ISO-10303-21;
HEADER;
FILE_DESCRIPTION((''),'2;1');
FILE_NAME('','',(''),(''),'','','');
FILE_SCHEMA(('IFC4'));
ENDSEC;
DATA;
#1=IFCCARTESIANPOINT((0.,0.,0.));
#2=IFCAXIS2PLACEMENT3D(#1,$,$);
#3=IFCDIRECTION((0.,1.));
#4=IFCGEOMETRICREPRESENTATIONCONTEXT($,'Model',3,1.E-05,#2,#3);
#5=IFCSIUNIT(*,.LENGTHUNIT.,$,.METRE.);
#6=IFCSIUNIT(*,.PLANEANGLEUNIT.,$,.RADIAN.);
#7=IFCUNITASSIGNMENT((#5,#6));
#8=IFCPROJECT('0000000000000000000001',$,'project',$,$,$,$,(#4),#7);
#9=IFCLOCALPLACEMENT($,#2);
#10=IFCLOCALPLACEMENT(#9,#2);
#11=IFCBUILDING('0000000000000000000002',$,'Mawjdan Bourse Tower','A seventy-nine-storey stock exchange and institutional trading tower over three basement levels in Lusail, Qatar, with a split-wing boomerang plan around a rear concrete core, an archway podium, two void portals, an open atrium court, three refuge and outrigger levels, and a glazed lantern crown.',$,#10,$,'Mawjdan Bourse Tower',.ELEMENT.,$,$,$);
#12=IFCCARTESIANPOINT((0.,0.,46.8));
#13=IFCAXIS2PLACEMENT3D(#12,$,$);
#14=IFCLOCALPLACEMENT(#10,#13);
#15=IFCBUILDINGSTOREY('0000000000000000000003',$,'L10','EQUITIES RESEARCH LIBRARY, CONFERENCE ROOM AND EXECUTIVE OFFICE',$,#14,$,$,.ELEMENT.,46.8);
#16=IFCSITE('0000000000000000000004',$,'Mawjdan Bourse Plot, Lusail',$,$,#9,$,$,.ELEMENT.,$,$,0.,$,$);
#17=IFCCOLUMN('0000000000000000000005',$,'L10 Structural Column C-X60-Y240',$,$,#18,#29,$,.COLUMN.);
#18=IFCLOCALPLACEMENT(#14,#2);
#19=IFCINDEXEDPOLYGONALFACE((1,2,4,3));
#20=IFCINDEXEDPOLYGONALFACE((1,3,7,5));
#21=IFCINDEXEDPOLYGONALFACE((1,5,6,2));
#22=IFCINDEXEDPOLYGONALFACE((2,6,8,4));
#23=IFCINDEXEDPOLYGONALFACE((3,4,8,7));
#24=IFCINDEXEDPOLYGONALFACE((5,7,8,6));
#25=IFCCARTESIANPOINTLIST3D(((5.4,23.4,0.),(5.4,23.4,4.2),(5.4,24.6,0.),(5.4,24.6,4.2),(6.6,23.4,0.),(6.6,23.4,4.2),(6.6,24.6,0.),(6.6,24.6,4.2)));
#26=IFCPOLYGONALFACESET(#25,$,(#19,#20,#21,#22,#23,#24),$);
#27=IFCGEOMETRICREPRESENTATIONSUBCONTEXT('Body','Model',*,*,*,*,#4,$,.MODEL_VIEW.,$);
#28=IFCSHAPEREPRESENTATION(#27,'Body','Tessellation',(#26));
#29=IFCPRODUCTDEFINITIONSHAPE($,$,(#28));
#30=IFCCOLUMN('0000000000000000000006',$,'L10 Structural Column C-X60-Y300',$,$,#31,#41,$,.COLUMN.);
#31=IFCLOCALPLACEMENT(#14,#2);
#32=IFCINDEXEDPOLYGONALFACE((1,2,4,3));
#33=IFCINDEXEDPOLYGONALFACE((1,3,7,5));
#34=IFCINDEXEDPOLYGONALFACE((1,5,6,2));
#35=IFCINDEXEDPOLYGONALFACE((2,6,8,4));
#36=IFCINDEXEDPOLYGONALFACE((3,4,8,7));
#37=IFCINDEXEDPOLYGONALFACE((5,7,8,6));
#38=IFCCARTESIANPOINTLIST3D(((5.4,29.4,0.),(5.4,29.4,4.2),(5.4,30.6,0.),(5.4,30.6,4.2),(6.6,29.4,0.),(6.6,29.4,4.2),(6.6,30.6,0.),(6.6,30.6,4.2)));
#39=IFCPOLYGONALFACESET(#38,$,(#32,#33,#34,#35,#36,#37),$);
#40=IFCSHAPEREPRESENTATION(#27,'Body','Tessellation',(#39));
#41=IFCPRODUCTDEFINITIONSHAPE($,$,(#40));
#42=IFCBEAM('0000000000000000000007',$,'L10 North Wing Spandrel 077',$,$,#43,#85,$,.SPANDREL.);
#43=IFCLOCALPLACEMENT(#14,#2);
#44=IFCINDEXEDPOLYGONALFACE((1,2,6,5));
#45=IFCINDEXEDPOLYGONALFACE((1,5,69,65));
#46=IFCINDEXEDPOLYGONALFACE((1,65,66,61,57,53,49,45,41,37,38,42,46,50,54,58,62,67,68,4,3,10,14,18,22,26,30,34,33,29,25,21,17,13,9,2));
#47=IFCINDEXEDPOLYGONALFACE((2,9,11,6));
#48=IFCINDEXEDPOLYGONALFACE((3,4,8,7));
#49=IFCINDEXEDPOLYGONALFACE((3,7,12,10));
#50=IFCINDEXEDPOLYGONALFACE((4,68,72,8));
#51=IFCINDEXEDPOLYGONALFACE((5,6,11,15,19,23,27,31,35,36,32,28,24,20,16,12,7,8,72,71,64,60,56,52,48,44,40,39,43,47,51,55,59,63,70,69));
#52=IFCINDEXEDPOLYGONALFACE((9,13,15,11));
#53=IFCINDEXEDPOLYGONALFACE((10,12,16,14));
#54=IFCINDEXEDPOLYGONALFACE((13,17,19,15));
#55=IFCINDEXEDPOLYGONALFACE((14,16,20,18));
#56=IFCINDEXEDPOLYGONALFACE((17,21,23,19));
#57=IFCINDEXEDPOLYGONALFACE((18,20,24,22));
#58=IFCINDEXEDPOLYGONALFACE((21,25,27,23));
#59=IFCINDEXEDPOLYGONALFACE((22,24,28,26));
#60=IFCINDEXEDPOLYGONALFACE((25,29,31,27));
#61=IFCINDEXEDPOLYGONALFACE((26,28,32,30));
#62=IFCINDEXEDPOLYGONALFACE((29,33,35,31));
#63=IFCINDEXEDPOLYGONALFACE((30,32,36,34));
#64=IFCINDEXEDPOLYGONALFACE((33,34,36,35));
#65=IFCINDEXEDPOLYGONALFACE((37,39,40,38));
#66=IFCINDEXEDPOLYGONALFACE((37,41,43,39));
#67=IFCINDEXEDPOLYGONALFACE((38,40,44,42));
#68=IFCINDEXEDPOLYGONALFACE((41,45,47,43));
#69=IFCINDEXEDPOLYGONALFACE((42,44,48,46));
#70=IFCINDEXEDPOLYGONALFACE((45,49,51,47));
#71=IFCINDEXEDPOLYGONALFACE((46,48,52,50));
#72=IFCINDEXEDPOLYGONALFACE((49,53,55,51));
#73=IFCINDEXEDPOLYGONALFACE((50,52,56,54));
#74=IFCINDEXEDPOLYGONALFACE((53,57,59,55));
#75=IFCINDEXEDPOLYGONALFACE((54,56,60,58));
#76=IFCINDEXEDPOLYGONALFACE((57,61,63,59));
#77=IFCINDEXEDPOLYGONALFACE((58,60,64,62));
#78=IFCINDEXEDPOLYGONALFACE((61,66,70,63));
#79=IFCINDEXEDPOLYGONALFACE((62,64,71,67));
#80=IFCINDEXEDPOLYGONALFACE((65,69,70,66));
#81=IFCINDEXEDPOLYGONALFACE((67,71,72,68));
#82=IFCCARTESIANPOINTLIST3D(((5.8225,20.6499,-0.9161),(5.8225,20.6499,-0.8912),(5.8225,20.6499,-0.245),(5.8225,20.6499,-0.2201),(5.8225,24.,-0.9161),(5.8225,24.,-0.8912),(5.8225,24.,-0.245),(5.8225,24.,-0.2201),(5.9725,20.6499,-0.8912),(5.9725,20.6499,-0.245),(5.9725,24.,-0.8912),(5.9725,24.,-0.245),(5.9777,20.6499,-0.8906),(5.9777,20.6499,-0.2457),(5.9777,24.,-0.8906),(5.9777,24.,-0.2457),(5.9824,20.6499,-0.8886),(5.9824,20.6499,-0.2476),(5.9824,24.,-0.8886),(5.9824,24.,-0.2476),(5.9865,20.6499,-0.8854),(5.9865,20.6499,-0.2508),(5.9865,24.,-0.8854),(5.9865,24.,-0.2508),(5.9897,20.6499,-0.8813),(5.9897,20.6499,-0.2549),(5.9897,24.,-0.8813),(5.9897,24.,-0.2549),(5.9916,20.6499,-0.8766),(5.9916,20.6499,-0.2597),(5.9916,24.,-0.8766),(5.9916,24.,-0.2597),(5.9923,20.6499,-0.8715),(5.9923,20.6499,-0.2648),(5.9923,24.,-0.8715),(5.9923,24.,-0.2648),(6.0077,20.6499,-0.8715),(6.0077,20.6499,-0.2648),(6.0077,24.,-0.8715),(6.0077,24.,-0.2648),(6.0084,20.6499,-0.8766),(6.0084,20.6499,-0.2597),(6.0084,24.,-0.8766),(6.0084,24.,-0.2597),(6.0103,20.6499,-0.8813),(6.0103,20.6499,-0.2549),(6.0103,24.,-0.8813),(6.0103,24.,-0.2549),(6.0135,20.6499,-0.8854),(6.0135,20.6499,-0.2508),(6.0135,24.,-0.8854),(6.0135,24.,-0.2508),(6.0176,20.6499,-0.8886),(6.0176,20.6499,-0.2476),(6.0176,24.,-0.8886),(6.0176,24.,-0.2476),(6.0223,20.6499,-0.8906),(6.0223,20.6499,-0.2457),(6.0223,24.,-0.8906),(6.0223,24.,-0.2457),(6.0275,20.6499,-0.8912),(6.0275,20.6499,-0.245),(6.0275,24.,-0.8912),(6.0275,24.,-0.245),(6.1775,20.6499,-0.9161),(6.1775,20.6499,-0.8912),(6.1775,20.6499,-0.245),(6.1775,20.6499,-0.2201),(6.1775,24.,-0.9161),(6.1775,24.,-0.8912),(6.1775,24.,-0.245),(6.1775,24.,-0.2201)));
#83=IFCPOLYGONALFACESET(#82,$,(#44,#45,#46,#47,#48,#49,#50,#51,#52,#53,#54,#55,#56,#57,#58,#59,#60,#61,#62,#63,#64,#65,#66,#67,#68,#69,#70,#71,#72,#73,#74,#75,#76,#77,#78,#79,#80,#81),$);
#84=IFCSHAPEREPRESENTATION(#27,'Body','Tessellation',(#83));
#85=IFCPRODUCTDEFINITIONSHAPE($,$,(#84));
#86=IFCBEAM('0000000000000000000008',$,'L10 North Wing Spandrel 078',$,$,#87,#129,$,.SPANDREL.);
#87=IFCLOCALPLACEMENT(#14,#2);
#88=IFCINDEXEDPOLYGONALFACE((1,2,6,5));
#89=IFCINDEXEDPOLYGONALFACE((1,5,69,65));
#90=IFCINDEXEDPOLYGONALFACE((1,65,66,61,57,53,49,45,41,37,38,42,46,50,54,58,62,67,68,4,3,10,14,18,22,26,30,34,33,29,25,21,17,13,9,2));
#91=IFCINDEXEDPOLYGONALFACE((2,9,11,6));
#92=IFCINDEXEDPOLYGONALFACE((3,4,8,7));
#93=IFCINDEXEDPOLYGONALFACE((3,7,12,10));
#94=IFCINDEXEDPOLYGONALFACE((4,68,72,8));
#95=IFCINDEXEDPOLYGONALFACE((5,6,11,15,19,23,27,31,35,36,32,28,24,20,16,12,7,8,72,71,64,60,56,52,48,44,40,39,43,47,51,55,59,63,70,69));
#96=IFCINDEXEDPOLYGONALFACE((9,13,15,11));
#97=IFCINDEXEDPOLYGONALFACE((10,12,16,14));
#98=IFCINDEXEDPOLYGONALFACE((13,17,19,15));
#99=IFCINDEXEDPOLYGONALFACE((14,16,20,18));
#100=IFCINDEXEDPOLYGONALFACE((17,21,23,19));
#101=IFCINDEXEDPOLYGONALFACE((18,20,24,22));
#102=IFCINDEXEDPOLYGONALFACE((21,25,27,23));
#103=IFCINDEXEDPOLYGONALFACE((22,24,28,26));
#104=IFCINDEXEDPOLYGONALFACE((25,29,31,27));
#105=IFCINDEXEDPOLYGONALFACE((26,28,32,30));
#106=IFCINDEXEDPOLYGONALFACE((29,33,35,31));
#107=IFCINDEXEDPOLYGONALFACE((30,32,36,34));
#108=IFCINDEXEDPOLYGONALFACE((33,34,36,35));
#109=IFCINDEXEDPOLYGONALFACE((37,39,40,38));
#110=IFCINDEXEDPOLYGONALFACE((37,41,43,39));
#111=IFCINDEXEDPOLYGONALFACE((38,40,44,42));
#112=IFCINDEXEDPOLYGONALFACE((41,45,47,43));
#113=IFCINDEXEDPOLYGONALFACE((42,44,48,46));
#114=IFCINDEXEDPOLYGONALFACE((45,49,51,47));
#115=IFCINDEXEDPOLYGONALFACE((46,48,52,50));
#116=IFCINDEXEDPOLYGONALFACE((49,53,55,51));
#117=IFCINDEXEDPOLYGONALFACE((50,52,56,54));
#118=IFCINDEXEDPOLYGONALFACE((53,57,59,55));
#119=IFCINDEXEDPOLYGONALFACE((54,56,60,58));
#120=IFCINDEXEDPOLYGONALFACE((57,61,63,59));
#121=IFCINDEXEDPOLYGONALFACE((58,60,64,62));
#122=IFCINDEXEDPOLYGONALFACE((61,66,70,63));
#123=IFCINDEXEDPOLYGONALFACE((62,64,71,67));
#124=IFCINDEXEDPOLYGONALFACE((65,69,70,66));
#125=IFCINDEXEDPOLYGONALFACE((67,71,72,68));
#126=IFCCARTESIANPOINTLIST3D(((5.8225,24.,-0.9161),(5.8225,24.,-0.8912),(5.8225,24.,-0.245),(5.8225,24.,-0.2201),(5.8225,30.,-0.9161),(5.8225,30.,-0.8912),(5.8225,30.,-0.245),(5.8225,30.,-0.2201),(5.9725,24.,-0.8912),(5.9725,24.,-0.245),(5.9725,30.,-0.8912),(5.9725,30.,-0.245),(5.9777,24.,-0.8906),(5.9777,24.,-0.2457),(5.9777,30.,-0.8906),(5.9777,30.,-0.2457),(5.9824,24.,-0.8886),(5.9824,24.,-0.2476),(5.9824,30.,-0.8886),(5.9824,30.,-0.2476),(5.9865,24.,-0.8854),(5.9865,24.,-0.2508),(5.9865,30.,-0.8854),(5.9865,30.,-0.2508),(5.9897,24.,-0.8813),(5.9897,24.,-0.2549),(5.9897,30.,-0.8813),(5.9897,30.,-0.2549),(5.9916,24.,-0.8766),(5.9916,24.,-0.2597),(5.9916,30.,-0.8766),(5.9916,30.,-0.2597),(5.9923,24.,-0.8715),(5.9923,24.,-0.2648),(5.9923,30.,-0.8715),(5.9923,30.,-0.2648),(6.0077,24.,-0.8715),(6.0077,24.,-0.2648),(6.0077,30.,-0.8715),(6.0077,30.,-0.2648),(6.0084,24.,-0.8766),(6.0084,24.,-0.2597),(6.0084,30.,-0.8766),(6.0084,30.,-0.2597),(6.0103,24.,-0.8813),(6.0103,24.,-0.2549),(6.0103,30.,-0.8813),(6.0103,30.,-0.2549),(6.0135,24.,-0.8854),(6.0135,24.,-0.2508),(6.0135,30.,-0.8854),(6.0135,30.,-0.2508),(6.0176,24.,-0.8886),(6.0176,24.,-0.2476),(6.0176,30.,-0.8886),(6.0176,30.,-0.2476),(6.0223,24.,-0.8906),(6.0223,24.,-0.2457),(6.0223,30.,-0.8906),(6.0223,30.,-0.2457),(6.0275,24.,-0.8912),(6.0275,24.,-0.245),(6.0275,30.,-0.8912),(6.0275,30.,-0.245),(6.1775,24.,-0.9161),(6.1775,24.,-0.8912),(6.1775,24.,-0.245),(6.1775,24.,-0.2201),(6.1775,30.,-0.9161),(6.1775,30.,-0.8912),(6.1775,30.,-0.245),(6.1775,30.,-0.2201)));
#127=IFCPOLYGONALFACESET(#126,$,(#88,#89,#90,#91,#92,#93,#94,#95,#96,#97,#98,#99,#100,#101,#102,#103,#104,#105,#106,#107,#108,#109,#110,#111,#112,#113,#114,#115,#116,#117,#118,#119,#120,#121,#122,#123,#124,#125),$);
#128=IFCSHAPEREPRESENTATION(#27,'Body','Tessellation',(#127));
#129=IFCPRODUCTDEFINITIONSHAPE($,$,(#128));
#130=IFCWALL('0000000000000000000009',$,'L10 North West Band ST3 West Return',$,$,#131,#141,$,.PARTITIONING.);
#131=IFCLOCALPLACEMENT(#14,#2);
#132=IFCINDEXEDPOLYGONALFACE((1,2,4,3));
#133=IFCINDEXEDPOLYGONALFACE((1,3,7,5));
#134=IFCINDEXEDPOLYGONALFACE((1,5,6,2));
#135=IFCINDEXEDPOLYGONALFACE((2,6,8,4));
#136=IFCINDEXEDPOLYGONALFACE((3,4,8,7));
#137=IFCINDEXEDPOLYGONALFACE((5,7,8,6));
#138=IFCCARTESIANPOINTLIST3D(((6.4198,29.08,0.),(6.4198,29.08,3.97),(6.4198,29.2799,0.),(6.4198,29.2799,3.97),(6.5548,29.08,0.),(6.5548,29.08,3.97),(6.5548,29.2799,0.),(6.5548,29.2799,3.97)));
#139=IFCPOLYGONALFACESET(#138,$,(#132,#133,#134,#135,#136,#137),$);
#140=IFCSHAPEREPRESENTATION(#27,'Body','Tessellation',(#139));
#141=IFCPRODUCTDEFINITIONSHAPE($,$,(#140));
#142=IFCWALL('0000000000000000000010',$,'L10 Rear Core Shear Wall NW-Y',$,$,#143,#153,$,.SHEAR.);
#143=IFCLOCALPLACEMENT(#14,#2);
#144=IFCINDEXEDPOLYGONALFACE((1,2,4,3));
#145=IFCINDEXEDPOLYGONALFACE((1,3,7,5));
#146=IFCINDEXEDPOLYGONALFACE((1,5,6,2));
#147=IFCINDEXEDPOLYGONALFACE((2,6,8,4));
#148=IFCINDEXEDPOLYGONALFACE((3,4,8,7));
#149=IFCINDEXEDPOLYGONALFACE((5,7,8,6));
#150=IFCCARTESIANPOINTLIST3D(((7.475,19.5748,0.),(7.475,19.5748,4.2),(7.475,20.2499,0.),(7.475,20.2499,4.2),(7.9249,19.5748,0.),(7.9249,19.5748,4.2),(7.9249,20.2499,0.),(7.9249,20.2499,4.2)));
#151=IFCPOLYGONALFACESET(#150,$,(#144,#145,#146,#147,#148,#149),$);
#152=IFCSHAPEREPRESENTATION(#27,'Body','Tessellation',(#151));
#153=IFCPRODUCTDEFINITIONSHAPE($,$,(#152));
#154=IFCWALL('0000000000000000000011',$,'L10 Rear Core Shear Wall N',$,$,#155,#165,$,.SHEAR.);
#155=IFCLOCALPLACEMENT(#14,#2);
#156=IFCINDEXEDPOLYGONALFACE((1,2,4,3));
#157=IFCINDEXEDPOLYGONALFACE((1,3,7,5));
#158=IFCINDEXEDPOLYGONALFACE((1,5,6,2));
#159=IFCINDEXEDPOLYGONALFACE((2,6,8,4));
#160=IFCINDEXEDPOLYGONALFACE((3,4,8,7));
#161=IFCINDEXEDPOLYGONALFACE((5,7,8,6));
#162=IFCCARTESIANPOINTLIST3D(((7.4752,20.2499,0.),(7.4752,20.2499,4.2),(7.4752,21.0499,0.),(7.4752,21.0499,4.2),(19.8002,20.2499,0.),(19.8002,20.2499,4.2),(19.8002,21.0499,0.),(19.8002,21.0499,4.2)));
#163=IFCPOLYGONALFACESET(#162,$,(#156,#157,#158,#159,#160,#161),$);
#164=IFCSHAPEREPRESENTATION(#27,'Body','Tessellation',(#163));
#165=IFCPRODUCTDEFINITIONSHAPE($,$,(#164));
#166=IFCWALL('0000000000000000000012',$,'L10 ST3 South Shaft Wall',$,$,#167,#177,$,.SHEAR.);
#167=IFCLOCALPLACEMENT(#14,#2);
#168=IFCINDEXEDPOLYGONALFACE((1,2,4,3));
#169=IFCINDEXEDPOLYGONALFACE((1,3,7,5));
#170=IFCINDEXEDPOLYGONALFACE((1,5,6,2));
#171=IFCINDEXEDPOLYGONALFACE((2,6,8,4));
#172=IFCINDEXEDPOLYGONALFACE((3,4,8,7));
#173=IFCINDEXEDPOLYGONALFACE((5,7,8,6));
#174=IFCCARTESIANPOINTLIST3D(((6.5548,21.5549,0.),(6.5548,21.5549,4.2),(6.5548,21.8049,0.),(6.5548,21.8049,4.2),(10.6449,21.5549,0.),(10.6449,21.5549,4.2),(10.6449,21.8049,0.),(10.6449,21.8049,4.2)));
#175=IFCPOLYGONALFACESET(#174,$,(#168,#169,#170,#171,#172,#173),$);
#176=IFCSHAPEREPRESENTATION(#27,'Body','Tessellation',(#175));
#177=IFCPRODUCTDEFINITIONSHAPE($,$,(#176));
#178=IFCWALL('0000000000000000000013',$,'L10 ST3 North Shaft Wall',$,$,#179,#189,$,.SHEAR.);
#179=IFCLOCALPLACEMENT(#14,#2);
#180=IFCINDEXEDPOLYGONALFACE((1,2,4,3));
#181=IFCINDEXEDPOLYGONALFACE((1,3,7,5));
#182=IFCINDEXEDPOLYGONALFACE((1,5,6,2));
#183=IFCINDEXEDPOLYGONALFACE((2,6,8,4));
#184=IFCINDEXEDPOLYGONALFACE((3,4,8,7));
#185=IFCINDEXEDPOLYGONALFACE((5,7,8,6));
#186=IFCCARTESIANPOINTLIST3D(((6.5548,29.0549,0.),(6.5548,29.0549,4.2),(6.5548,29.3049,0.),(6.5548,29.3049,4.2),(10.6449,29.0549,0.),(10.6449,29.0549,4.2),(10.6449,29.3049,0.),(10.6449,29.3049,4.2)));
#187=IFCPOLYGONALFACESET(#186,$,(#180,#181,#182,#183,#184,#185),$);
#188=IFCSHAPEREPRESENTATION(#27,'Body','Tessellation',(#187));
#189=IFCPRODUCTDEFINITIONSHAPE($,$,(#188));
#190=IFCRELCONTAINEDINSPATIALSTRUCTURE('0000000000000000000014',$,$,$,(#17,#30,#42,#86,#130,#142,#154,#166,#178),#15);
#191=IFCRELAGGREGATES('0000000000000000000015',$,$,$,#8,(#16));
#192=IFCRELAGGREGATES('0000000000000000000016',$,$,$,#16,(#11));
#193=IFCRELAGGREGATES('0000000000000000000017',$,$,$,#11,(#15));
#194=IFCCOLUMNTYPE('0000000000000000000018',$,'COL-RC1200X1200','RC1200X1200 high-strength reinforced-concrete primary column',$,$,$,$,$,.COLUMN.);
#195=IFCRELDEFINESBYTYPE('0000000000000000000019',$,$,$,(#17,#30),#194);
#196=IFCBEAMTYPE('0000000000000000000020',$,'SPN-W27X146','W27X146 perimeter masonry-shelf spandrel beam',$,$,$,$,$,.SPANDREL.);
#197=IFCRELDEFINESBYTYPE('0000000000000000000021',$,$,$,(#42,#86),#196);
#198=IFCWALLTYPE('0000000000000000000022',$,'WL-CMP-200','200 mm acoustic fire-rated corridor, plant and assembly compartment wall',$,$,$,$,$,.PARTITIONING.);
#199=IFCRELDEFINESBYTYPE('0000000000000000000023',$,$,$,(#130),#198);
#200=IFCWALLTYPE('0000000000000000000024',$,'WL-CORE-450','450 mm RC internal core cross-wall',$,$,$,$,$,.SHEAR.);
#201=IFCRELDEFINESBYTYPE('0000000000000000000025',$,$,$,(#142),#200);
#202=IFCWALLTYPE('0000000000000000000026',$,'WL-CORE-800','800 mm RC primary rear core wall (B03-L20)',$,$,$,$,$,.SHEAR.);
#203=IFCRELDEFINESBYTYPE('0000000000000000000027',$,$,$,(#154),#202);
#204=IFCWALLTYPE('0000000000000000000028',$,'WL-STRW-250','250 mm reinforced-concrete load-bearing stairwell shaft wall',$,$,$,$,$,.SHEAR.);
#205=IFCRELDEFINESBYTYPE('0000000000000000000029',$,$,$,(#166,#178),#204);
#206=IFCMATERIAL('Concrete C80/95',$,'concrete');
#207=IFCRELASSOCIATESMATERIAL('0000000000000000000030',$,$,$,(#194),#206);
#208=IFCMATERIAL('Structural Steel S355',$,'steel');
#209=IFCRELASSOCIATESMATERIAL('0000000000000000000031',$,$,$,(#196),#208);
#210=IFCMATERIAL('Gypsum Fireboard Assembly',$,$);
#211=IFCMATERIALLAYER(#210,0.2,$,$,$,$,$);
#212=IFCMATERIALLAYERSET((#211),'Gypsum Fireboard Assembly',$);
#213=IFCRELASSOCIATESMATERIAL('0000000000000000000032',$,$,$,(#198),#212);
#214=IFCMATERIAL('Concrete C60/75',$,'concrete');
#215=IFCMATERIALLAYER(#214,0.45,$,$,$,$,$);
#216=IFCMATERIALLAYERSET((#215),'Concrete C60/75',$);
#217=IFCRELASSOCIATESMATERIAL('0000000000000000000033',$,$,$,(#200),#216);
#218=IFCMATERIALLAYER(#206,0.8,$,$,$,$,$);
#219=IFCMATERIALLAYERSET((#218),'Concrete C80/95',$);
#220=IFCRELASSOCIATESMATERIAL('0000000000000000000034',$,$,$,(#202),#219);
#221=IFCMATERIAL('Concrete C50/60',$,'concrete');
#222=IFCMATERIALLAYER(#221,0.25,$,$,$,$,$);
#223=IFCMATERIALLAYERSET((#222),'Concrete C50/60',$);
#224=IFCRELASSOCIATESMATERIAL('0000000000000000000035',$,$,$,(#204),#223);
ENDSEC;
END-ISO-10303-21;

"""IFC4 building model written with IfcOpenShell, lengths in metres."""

from ifc_helpers import new_model, si_unit, direction, frame, frame_2d, origin, origin_2d, place, context, subcontext, project, spatial, rectangle, i_section, extrude, material, layer, layer_set, material_profile, profile_set, type_object, element, save


model = new_model("IFC4")

# Units and contexts
model_context = context("Model", 3, precision=1e-05, world=origin(), true_north=direction((0.0, 1.0)))
body_context = subcontext(model_context, "Body", "Model", "MODEL_VIEW")
ifc_project = project(units=[si_unit("LENGTHUNIT", "METRE"), si_unit("PLANEANGLEUNIT", "RADIAN")], contexts=[model_context])

# Site, building, storey
site_placement = place(None, origin())
site = spatial("IfcSite", under=ifc_project, at=site_placement, Name="Mawjdan Bourse Plot, Lusail", CompositionType="ELEMENT", RefElevation=0.0)
building_placement = place(site_placement, origin())
building = spatial("IfcBuilding", under=site, at=building_placement, Name="Mawjdan Bourse Tower", Description="A seventy-nine-storey stock exchange and institutional trading tower over three basement levels in Lusail, Qatar, with a split-wing boomerang plan around a rear concrete core, an archway podium, two void portals, an open atrium court, three refuge and outrigger levels, and a glazed lantern crown.", LongName="Mawjdan Bourse Tower", CompositionType="ELEMENT")
storey_placement = place(building_placement, frame((0.0, 0.0, 46.8)))
storey = spatial("IfcBuildingStorey", under=building, at=storey_placement, Name="L10", Description="EQUITIES RESEARCH LIBRARY, CONFERENCE ROOM AND EXECUTIVE OFFICE", CompositionType="ELEMENT", Elevation=46.8)

# Columns
ifc_material_1 = material(Name="Concrete C80/95", Category="concrete")
ifc_material_profile_1 = material_profile(ifc_material_1, rectangle(XDim=1.2, YDim=1.2, at=origin_2d()), Name="RC1200X1200")
ifc_profile_set_1 = profile_set([ifc_material_profile_1], Name="Concrete C80/95")
column_type = type_object("IfcColumnType", Name="COL-RC1200X1200", Description="RC1200X1200 high-strength reinforced-concrete primary column", PredefinedType="COLUMN", material=ifc_profile_set_1)
for number, where, z_axis, x_axis, name in (
    (1, (6.0, 24.0, 0.0), (0.0, 0.0, 1.0), (1.0, 0.0, 0.0), "L10 Structural Column C-X60-Y240"),
    (2, (6.0, 30.0, 0.0), (0.0, 0.0, 1.0), (1.0, 0.0, 0.0), "L10 Structural Column C-X60-Y300"),
):
    element("IfcColumn", number, at=place(storey_placement, frame(where, z_axis=z_axis, x_axis=x_axis)), inside=storey, type_object=column_type, Name=name, PredefinedType="COLUMN", context=body_context, shape_type="SweptSolid", body=[
        extrude(rectangle(XDim=1.2, YDim=1.2, at=origin_2d()), origin(), (0.0, 0.0, 1.0), 4.2),
    ])

# Beams
ifc_material_2 = material(Name="Structural Steel S355", Category="steel")
ifc_material_profile_2 = material_profile(ifc_material_2, i_section(OverallWidth=0.355, OverallDepth=0.696, WebThickness=0.0154, FlangeThickness=0.0249, FilletRadius=0.0198, at=origin_2d()), Name="W27X146")
ifc_profile_set_2 = profile_set([ifc_material_profile_2], Name="Structural Steel S355")
beam_type = type_object("IfcBeamType", Name="SPN-W27X146", Description="W27X146 perimeter masonry-shelf spandrel beam", PredefinedType="SPANDREL", material=ifc_profile_set_2)
beam_1_placement = place(storey_placement, frame((6.0, 20.6499, -0.5681), z_axis=(0.0, 1.0, 0.0), x_axis=(-1.0, 0.0, 0.0)))
element("IfcBeam", 3, at=beam_1_placement, inside=storey, type_object=beam_type, Name="L10 North Wing Spandrel 077", PredefinedType="SPANDREL", context=body_context, shape_type="SweptSolid", body=[
    extrude(i_section(OverallWidth=0.355, OverallDepth=0.696, WebThickness=0.0154, FlangeThickness=0.0249, FilletRadius=0.0198, at=origin_2d()), origin(), (0.0, 0.0, 1.0), 3.3501),
])
beam_2_placement = place(storey_placement, frame((6.0, 24.0, -0.5681), z_axis=(0.0, 1.0, 0.0), x_axis=(-1.0, 0.0, 0.0)))
element("IfcBeam", 4, at=beam_2_placement, inside=storey, type_object=beam_type, Name="L10 North Wing Spandrel 078", PredefinedType="SPANDREL", context=body_context, shape_type="SweptSolid", body=[
    extrude(i_section(OverallWidth=0.355, OverallDepth=0.696, WebThickness=0.0154, FlangeThickness=0.0249, FilletRadius=0.0198, at=origin_2d()), origin(), (0.0, 0.0, 1.0), 6.0),
])

# Walls
ifc_material_3 = material(Name="Gypsum Fireboard Assembly")
ifc_layer_1 = layer(ifc_material_3, 0.2)
ifc_layer_set_1 = layer_set([ifc_layer_1], Name="Gypsum Fireboard Assembly")
wall_type_1 = type_object("IfcWallType", Name="WL-CMP-200", Description="200 mm acoustic fire-rated corridor, plant and assembly compartment wall", PredefinedType="PARTITIONING", material=ifc_layer_set_1)
wall_1_placement = place(storey_placement, frame((6.4199, 29.1799, 0.0), z_axis=(0.0, 0.0, 1.0), x_axis=(1.0, 0.0, 0.0)))
element("IfcWall", 5, at=wall_1_placement, inside=storey, type_object=wall_type_1, Name="L10 North West Band ST3 West Return", PredefinedType="PARTITIONING", context=body_context, shape_type="SweptSolid", body=[
    extrude(rectangle(XDim=0.135, YDim=0.2, at=frame_2d((0.0674, 0.0))), origin(), (0.0, 0.0, 1.0), 3.97),
])
ifc_material_4 = material(Name="Concrete C60/75", Category="concrete")
ifc_layer_2 = layer(ifc_material_4, 0.45)
ifc_layer_set_2 = layer_set([ifc_layer_2], Name="Concrete C60/75")
wall_type_2 = type_object("IfcWallType", Name="WL-CORE-450", Description="450 mm RC internal core cross-wall", PredefinedType="SHEAR", material=ifc_layer_set_2)
wall_2_placement = place(storey_placement, frame((7.7, 19.575, 0.0), z_axis=(0.0, 0.0, 1.0), x_axis=(0.0, 1.0, 0.0)))
element("IfcWall", 6, at=wall_2_placement, inside=storey, type_object=wall_type_2, Name="L10 Rear Core Shear Wall NW-Y", PredefinedType="SHEAR", context=body_context, shape_type="SweptSolid", body=[
    extrude(rectangle(XDim=0.675, YDim=0.45, at=frame_2d((0.3374, 0.0))), origin(), (0.0, 0.0, 1.0), 4.2),
])
ifc_layer_3 = layer(ifc_material_1, 0.8)
ifc_layer_set_3 = layer_set([ifc_layer_3], Name="Concrete C80/95")
wall_type_3 = type_object("IfcWallType", Name="WL-CORE-800", Description="800 mm RC primary rear core wall (B03-L20)", PredefinedType="SHEAR", material=ifc_layer_set_3)
wall_3_placement = place(storey_placement, frame((7.4751, 20.6499, 0.0), z_axis=(0.0, 0.0, 1.0), x_axis=(1.0, 0.0, 0.0)))
element("IfcWall", 7, at=wall_3_placement, inside=storey, type_object=wall_type_3, Name="L10 Rear Core Shear Wall N", PredefinedType="SHEAR", context=body_context, shape_type="SweptSolid", body=[
    extrude(rectangle(XDim=12.325, YDim=0.8, at=frame_2d((6.1626, 0.0))), origin(), (0.0, 0.0, 1.0), 4.2),
])
ifc_material_5 = material(Name="Concrete C50/60", Category="concrete")
ifc_layer_4 = layer(ifc_material_5, 0.25)
ifc_layer_set_4 = layer_set([ifc_layer_4], Name="Concrete C50/60")
wall_type_4 = type_object("IfcWallType", Name="WL-STRW-250", Description="250 mm reinforced-concrete load-bearing stairwell shaft wall", PredefinedType="SHEAR", material=ifc_layer_set_4)
for number, where, z_axis, x_axis, name in (
    (8, (6.5549, 21.6799, 0.0), (0.0, 0.0, 1.0), (1.0, 0.0, 0.0), "L10 ST3 South Shaft Wall"),
    (9, (6.5549, 29.1799, 0.0), (0.0, 0.0, 1.0), (1.0, 0.0, 0.0), "L10 ST3 North Shaft Wall"),
):
    element("IfcWall", number, at=place(storey_placement, frame(where, z_axis=z_axis, x_axis=x_axis)), inside=storey, type_object=wall_type_4, Name=name, PredefinedType="SHEAR", context=body_context, shape_type="SweptSolid", body=[
        extrude(rectangle(XDim=4.0901, YDim=0.25, at=frame_2d((2.0449, 0.0))), origin(), (0.0, 0.0, 1.0), 4.2),
    ])

save(model, "model.ifc")
